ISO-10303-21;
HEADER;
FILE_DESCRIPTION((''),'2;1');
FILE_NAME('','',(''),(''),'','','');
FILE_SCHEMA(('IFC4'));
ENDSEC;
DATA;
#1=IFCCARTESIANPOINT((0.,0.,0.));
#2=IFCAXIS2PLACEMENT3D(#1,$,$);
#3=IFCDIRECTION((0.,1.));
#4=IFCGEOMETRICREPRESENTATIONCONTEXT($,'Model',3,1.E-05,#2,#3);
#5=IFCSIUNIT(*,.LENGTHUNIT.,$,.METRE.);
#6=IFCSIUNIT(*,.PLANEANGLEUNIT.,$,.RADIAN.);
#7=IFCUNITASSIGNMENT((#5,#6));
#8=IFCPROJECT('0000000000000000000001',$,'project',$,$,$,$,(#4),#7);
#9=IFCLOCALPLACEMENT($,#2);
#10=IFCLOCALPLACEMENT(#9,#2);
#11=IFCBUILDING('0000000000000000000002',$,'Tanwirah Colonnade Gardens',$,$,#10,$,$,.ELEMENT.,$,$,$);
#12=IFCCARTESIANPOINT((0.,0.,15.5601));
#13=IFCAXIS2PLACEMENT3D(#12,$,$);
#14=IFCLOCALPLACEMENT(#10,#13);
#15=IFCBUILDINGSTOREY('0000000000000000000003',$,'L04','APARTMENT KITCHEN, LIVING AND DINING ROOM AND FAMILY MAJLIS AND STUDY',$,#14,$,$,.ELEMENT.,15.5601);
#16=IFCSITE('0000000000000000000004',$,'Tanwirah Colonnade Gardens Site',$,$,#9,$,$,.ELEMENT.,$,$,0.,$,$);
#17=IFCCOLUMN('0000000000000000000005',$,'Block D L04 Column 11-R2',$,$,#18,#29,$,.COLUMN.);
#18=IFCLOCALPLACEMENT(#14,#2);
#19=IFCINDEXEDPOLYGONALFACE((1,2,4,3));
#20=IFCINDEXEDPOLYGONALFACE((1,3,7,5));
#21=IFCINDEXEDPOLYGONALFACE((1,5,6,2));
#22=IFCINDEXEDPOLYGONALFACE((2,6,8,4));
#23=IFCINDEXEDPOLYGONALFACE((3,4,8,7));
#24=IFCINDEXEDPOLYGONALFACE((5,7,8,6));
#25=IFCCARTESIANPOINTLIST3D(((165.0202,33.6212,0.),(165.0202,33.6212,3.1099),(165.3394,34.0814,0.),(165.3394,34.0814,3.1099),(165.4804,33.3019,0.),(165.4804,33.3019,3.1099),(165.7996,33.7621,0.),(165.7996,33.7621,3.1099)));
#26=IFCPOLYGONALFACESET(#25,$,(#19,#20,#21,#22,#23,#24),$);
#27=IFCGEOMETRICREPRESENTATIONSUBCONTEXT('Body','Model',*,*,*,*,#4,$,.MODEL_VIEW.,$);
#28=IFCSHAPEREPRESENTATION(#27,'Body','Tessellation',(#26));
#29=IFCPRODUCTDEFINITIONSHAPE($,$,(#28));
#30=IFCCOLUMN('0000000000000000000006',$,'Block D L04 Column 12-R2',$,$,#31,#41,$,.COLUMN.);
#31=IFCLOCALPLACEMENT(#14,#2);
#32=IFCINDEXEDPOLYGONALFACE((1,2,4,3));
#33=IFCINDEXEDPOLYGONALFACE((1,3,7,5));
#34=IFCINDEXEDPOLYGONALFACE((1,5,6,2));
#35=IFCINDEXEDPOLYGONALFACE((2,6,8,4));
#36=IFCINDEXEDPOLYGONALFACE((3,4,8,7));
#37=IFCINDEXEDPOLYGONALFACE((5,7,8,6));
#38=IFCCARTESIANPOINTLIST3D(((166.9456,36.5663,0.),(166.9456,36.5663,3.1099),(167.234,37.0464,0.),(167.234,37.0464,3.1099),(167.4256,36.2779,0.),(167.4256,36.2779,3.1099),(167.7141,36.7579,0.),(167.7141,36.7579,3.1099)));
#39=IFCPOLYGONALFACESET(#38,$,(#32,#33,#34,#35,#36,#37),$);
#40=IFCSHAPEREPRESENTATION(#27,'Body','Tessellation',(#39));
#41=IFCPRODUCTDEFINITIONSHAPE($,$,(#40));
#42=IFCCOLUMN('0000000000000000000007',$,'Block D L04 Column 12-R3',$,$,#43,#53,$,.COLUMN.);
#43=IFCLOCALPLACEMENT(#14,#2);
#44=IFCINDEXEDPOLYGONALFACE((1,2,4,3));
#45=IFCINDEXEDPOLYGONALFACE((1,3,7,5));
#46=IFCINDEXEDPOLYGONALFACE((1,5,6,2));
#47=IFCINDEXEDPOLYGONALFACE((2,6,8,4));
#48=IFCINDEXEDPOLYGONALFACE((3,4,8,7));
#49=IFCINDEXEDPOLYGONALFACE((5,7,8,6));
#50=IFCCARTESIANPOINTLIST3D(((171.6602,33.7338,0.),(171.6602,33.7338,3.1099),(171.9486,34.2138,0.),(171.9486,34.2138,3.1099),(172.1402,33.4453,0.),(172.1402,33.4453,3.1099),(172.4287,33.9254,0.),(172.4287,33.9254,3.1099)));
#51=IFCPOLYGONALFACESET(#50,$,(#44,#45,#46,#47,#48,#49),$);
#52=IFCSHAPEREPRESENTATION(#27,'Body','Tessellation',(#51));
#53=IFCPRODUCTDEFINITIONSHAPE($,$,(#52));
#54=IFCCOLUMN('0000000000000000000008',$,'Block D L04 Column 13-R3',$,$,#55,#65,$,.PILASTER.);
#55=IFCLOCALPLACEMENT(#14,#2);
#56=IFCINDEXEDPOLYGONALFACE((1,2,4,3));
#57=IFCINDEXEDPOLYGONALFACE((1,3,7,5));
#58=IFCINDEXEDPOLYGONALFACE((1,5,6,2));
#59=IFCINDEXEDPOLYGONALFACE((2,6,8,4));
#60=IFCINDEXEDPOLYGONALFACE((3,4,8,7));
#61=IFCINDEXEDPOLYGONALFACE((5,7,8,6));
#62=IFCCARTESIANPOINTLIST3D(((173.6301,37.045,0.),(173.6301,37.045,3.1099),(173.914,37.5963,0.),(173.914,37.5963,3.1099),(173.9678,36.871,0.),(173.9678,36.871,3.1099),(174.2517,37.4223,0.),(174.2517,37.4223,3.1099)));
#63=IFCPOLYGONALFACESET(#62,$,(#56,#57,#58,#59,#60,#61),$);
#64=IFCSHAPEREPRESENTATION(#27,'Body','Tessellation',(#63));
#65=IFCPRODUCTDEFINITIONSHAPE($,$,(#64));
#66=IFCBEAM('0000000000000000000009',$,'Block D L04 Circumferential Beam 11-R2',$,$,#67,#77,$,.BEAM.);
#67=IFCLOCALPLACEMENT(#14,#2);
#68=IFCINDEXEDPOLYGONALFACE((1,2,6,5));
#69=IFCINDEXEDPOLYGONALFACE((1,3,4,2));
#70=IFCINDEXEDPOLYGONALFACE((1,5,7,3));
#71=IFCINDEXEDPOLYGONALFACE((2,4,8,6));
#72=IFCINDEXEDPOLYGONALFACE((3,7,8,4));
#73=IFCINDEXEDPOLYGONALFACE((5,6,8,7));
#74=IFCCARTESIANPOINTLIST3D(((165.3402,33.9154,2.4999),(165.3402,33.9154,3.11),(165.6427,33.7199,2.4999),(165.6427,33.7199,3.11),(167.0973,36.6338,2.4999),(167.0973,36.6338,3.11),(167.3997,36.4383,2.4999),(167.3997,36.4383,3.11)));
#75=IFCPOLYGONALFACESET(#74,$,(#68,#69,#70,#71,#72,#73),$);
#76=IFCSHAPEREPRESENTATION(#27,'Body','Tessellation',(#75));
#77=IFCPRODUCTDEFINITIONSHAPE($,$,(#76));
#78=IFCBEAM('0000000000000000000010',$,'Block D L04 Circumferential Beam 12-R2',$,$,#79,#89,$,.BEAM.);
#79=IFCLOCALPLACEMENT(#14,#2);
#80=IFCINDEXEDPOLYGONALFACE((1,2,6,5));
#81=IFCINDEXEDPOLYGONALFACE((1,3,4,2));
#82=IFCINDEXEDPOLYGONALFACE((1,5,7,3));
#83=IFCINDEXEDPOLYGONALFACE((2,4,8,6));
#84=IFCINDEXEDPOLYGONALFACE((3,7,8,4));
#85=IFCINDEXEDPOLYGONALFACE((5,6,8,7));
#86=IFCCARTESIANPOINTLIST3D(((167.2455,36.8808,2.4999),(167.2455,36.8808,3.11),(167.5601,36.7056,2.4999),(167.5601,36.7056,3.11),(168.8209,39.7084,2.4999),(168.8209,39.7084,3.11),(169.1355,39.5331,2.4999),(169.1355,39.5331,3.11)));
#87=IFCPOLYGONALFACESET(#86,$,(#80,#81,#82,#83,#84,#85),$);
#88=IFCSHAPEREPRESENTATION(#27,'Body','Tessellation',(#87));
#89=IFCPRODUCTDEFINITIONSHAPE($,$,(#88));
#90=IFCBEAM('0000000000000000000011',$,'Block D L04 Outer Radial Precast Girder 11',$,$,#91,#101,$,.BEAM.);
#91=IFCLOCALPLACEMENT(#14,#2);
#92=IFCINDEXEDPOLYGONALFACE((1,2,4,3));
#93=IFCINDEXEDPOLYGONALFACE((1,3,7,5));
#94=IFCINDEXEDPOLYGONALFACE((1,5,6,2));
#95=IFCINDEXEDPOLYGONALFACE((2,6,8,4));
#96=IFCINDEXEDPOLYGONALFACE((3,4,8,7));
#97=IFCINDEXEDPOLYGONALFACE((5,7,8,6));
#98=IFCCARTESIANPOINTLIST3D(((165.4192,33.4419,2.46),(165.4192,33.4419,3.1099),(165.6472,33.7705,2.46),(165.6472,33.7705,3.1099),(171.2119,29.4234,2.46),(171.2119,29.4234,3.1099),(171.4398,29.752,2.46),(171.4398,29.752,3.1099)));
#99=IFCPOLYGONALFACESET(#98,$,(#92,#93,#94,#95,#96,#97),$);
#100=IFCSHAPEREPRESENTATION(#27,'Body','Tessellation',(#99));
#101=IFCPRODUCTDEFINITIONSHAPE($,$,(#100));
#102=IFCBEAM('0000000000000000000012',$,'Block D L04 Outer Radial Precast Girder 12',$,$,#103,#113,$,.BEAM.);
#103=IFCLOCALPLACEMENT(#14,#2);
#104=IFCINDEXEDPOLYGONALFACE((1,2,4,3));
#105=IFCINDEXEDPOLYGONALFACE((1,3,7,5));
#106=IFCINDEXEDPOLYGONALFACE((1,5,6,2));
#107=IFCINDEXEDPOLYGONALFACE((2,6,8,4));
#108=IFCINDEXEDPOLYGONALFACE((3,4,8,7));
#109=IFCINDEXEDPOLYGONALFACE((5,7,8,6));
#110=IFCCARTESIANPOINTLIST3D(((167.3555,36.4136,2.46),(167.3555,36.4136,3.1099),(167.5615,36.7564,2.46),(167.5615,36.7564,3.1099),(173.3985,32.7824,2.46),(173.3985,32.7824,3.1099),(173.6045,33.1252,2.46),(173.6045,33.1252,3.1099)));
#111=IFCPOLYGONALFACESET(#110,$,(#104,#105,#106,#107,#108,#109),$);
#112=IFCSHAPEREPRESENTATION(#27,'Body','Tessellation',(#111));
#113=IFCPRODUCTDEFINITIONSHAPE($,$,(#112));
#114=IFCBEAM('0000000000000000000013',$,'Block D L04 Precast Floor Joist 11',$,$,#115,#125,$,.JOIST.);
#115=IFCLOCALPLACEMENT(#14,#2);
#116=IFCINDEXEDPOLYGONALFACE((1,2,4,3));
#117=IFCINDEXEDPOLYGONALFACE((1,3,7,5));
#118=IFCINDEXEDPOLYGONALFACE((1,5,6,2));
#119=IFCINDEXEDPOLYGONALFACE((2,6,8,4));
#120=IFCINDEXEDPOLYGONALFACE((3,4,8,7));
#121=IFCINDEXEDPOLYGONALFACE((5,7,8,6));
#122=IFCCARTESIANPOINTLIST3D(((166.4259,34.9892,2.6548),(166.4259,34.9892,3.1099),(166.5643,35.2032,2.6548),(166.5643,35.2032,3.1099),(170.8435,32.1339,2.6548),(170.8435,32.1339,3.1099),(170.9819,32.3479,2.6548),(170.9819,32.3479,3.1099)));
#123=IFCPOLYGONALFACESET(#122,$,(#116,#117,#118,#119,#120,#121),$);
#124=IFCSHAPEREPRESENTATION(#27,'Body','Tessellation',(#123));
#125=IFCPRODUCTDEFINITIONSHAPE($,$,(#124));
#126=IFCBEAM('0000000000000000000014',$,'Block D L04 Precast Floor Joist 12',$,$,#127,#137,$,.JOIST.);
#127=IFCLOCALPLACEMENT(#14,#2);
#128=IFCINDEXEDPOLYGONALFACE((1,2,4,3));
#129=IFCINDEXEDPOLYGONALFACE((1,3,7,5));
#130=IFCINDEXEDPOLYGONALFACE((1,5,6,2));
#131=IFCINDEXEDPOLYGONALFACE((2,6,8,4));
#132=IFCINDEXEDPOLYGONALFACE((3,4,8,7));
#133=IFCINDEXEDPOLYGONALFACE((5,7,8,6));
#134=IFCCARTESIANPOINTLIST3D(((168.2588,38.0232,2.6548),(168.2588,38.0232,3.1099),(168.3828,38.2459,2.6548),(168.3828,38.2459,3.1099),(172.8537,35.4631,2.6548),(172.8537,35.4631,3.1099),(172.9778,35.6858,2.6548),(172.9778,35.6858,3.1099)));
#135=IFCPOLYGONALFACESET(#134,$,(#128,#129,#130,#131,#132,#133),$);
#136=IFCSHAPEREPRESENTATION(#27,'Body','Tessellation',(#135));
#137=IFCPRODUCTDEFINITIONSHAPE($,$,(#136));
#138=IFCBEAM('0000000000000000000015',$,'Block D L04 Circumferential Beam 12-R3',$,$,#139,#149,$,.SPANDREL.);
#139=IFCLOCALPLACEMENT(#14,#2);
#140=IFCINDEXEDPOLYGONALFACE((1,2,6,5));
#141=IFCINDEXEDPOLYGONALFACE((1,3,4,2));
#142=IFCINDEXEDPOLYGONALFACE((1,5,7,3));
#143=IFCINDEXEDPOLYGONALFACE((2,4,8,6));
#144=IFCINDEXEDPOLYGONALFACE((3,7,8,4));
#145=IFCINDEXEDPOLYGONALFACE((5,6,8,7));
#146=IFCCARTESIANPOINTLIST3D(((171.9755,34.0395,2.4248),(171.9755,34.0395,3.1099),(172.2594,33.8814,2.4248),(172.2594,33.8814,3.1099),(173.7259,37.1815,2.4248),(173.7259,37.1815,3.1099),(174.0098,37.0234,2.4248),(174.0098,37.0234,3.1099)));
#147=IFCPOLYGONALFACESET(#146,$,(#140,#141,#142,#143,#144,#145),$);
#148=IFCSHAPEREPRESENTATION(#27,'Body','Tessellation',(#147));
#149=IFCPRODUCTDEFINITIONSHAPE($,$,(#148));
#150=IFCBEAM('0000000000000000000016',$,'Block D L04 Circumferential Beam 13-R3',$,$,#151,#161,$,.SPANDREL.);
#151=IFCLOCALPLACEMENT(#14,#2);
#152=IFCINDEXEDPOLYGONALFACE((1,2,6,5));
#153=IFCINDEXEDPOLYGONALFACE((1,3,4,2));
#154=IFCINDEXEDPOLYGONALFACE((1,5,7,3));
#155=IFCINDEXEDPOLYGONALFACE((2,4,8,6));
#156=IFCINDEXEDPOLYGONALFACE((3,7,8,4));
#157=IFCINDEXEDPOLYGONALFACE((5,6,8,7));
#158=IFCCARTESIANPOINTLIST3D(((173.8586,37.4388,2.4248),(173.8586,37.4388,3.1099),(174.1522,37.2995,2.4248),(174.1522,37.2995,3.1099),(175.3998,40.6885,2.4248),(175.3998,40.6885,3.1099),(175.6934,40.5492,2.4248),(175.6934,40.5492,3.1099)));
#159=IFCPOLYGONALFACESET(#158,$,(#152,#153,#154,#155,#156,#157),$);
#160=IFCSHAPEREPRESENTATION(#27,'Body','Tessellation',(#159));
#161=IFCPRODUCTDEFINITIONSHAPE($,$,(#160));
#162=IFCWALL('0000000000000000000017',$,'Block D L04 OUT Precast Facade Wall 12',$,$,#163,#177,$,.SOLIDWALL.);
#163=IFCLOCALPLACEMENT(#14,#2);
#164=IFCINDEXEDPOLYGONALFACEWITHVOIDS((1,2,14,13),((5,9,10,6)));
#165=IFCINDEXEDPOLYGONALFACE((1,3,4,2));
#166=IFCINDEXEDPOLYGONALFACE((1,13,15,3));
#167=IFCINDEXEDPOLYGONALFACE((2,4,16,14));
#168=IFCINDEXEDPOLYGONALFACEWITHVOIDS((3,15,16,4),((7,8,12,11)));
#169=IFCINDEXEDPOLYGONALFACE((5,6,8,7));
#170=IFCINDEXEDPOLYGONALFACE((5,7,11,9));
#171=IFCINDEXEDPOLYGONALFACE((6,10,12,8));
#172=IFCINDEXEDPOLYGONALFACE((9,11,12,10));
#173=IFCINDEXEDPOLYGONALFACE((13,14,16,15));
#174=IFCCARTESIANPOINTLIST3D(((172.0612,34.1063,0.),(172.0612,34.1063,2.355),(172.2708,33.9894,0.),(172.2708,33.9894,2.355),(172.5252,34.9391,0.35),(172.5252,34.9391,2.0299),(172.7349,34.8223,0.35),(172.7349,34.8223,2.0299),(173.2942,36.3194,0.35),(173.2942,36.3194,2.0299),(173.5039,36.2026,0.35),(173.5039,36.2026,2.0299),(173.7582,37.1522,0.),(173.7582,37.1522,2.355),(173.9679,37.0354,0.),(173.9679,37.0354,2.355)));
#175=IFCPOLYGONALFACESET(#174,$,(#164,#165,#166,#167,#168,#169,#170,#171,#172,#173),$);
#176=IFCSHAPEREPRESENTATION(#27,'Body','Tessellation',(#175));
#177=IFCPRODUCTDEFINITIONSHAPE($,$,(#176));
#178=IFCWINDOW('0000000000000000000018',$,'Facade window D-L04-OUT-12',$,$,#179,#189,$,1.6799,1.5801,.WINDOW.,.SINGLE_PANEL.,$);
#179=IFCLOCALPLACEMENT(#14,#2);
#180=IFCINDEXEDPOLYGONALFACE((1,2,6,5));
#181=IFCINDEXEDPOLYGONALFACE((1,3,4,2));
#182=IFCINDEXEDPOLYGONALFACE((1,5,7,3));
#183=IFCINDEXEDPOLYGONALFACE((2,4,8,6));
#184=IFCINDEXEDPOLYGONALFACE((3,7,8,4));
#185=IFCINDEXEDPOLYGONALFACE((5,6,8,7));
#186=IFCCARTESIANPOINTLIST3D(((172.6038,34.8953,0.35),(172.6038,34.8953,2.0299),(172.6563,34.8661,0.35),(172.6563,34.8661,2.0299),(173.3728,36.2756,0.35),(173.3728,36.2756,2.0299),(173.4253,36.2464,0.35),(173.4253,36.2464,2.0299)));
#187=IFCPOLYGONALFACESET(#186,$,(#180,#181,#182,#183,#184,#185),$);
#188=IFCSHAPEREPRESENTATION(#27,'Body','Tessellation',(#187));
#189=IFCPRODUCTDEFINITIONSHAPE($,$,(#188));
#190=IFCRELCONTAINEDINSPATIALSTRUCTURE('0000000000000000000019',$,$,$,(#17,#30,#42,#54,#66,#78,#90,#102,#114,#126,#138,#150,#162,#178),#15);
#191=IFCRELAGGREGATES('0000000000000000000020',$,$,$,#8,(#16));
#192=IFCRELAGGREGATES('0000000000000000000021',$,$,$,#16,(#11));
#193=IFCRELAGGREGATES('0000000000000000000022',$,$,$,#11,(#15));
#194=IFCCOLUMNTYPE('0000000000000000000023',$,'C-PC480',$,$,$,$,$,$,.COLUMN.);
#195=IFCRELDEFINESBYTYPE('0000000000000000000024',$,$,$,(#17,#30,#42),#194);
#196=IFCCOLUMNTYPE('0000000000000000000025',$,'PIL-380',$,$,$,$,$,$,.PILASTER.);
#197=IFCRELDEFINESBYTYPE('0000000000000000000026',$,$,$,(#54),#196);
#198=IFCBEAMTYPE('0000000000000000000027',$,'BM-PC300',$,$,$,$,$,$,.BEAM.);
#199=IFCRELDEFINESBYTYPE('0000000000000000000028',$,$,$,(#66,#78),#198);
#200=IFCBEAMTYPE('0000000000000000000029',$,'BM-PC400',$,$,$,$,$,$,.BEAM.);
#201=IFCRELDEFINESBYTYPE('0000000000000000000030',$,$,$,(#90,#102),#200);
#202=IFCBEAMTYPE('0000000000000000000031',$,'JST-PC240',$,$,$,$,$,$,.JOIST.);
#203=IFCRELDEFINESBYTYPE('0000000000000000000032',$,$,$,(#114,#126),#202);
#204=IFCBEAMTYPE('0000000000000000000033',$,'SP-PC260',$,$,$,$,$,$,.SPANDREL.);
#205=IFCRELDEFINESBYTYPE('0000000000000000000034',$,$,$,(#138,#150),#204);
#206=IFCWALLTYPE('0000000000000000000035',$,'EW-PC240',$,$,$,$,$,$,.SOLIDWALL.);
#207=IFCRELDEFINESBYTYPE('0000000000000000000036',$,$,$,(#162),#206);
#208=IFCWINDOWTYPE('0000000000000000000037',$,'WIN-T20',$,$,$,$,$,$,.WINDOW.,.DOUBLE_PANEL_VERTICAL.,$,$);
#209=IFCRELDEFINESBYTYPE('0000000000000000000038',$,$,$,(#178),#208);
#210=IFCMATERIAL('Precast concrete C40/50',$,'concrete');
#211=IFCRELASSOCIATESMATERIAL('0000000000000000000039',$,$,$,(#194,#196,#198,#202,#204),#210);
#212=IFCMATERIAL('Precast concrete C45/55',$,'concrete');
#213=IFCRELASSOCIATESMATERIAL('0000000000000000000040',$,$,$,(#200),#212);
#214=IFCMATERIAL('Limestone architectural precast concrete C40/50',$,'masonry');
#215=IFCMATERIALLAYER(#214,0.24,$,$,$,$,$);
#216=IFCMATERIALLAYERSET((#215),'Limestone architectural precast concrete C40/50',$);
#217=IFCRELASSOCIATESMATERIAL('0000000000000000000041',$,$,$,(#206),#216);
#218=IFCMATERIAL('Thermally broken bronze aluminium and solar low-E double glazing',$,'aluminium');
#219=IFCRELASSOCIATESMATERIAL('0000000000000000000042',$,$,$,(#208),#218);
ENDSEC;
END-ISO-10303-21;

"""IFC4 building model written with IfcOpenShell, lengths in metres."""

from ifc_helpers import new_model, si_unit, direction, frame, frame_2d, origin, origin_2d, place, context, subcontext, project, spatial, rectangle, extrude, material, layer, layer_set, material_profile, profile_set, type_object, element, fill, save


model = new_model("IFC4")

# Units and contexts
model_context = context("Model", 3, precision=1e-05, world=origin(), true_north=direction((0.0, 1.0)))
body_context = subcontext(model_context, "Body", "Model", "MODEL_VIEW")
ifc_project = project(units=[si_unit("LENGTHUNIT", "METRE"), si_unit("PLANEANGLEUNIT", "RADIAN")], contexts=[model_context])

# Site, building, storey
site_placement = place(None, origin())
site = spatial("IfcSite", under=ifc_project, at=site_placement, Name="Tanwirah Colonnade Gardens Site", CompositionType="ELEMENT", RefElevation=0.0)
building_placement = place(site_placement, origin())
building = spatial("IfcBuilding", under=site, at=building_placement, Name="Tanwirah Colonnade Gardens", CompositionType="ELEMENT")
storey_placement = place(building_placement, frame((0.0, 0.0, 15.5601)))
storey = spatial("IfcBuildingStorey", under=building, at=storey_placement, Name="L04", Description="APARTMENT KITCHEN, LIVING AND DINING ROOM AND FAMILY MAJLIS AND STUDY", CompositionType="ELEMENT", Elevation=15.5601)

# Columns
ifc_material_1 = material(Name="Precast concrete C40/50", Category="concrete")
ifc_material_profile_1 = material_profile(ifc_material_1, rectangle(XDim=0.5601, YDim=0.5601, at=origin_2d()), Name="PC-COL 560x560")
ifc_profile_set_1 = profile_set([ifc_material_profile_1], Name="Precast concrete C40/50")
column_type_1 = type_object("IfcColumnType", Name="C-PC480", PredefinedType="COLUMN", material=ifc_profile_set_1)
for number, where, z_axis, x_axis, name in (
    (1, (165.4099, 33.6917, 0.0), (0.0, 0.0, 1.0), (0.821647, -0.569997, 0.0), "Block D L04 Column 11-R2"),
    (2, (167.3298, 36.6621, 0.0), (0.0, 0.0, 1.0), (0.857167, -0.515038, 0.0), "Block D L04 Column 12-R2"),
    (3, (172.0444, 33.8296, 0.0), (0.0, 0.0, 1.0), (0.857167, -0.515038, 0.0), "Block D L04 Column 12-R3"),
):
    element("IfcColumn", number, at=place(storey_placement, frame(where, z_axis=z_axis, x_axis=x_axis)), inside=storey, type_object=column_type_1, Name=name, PredefinedType="COLUMN", context=body_context, shape_type="SweptSolid", body=[
        extrude(rectangle(XDim=0.5601, YDim=0.5601, at=origin_2d()), origin(), (0.0, 0.0, 1.0), 3.1099),
    ])
ifc_material_profile_2 = material_profile(ifc_material_1, rectangle(XDim=0.3799, YDim=0.6201, at=origin_2d()), Name="PC-PIL 380x620")
ifc_profile_set_2 = profile_set([ifc_material_profile_2], Name="Precast concrete C40/50")
column_type_2 = type_object("IfcColumnType", Name="PIL-380", PredefinedType="PILASTER", material=ifc_profile_set_2)
column_placement = place(storey_placement, frame((173.9409, 37.2336, 0.0), z_axis=(0.0, 0.0, 1.0), x_axis=(0.889017, -0.457874, 0.0)))
element("IfcColumn", 4, at=column_placement, inside=storey, type_object=column_type_2, Name="Block D L04 Column 13-R3", PredefinedType="PILASTER", context=body_context, shape_type="SweptSolid", body=[
    extrude(rectangle(XDim=0.3799, YDim=0.6201, at=origin_2d()), origin(), (0.0, 0.0, 1.0), 3.1099),
])

# Beams
ifc_material_profile_3 = material_profile(ifc_material_1, rectangle(XDim=0.3601, YDim=0.6101, at=origin_2d()), Name="PC-BM 360x610")
ifc_profile_set_3 = profile_set([ifc_material_profile_3], Name="Precast concrete C40/50")
beam_type_1 = type_object("IfcBeamType", Name="BM-PC300", PredefinedType="BEAM", material=ifc_profile_set_3)
for number, where, z_axis, x_axis, name in (
    (5, (165.4915, 33.8176, 2.8049), (0.542826, 0.839845, 0.0), (-0.839845, 0.542826, 0.0), "Block D L04 Circumferential Beam 11-R2"),
    (6, (167.4028, 36.7932, 2.8049), (0.486712, 0.873562, 0.0), (-0.873562, 0.486712, 0.0), "Block D L04 Circumferential Beam 12-R2"),
):
    element("IfcBeam", number, at=place(storey_placement, frame(where, z_axis=z_axis, x_axis=x_axis)), inside=storey, type_object=beam_type_1, Name=name, PredefinedType="BEAM", context=body_context, shape_type="SweptSolid", body=[
        extrude(rectangle(XDim=0.3601, YDim=0.6101, at=origin_2d()), origin(), (0.0, 0.0, 1.0), 3.2368),
    ])
ifc_material_2 = material(Name="Precast concrete C45/55", Category="concrete")
ifc_material_profile_4 = material_profile(ifc_material_2, rectangle(XDim=0.3999, YDim=0.6499, at=origin_2d()), Name="PC-BM 400x650")
ifc_profile_set_4 = profile_set([ifc_material_profile_4], Name="Precast concrete C45/55")
beam_type_2 = type_object("IfcBeamType", Name="BM-PC400", PredefinedType="BEAM", material=ifc_profile_set_4)
for number, where, z_axis, x_axis, name in (
    (7, (165.5332, 33.6062, 2.7849), (0.821647, -0.569997, 0.0), (0.569997, 0.821647, 0.0), "Block D L04 Outer Radial Precast Girder 11"),
    (8, (167.4585, 36.585, 2.7849), (0.85716, -0.515051, 0.0), (0.515051, 0.85716, 0.0), "Block D L04 Outer Radial Precast Girder 12"),
):
    element("IfcBeam", number, at=place(storey_placement, frame(where, z_axis=z_axis, x_axis=x_axis)), inside=storey, type_object=beam_type_2, Name=name, PredefinedType="BEAM", context=body_context, shape_type="SweptSolid", body=[
        extrude(rectangle(XDim=0.3999, YDim=0.6499, at=origin_2d()), origin(), (0.0, 0.0, 1.0), 7.05),
    ])
ifc_material_profile_5 = material_profile(ifc_material_1, rectangle(XDim=0.2549, YDim=0.4551, at=origin_2d()), Name="PC-JST 255x455")
ifc_profile_set_5 = profile_set([ifc_material_profile_5], Name="Precast concrete C40/50")
beam_type_3 = type_object("IfcBeamType", Name="JST-PC240", PredefinedType="JOIST", material=ifc_profile_set_5)
for number, where, z_axis, x_axis, name in (
    (9, (166.4951, 35.0962, 2.8823), (0.839843, -0.54283, 0.0), (0.54283, 0.839843, 0.0), "Block D L04 Precast Floor Joist 11"),
    (10, (168.3208, 38.1345, 2.8823), (0.873568, -0.486703, 0.0), (0.486703, 0.873568, 0.0), "Block D L04 Precast Floor Joist 12"),
):
    element("IfcBeam", number, at=place(storey_placement, frame(where, z_axis=z_axis, x_axis=x_axis)), inside=storey, type_object=beam_type_3, Name=name, PredefinedType="JOIST", context=body_context, shape_type="SweptSolid", body=[
        extrude(rectangle(XDim=0.2549, YDim=0.4551, at=origin_2d()), origin(), (0.0, 0.0, 1.0), 5.26),
    ])
ifc_material_profile_6 = material_profile(ifc_material_1, rectangle(XDim=0.325, YDim=0.6851, at=origin_2d()), Name="PC-SP 325x685")
ifc_profile_set_6 = profile_set([ifc_material_profile_6], Name="Precast concrete C40/50")
beam_type_4 = type_object("IfcBeamType", Name="SP-PC260", PredefinedType="SPANDREL", material=ifc_profile_set_6)
for number, where, z_axis, x_axis, name in (
    (11, (172.1174, 33.9604, 2.7673), (0.48668, 0.87358, 0.0), (-0.87358, 0.48668, 0.0), "Block D L04 Circumferential Beam 12-R3"),
    (12, (174.0054, 37.3691, 2.7673), (0.428518, 0.903533, 0.0), (-0.903533, 0.428518, 0.0), "Block D L04 Circumferential Beam 13-R3"),
):
    element("IfcBeam", number, at=place(storey_placement, frame(where, z_axis=z_axis, x_axis=x_axis)), inside=storey, type_object=beam_type_4, Name=name, PredefinedType="SPANDREL", context=body_context, shape_type="SweptSolid", body=[
        extrude(rectangle(XDim=0.325, YDim=0.6851, at=origin_2d()), origin(), (0.0, 0.0, 1.0), 3.5967),
    ])

# Wall, opening, window
ifc_material_3 = material(Name="Limestone architectural precast concrete C40/50", Category="masonry")
ifc_layer_1 = layer(ifc_material_3, 0.24)
ifc_layer_set_1 = layer_set([ifc_layer_1], Name="Limestone architectural precast concrete C40/50")
wall_type_1 = type_object("IfcWallType", Name="EW-PC240", PredefinedType="SOLIDWALL", material=ifc_layer_set_1)
wall_1_placement = place(storey_placement, frame((172.166, 34.0479, 0.0), z_axis=(0.0, 0.0, 1.0), x_axis=(0.486707, 0.873565, 0.0)))
wall_1 = element("IfcWall", 13, at=wall_1_placement, inside=storey, type_object=wall_type_1, Name="Block D L04 OUT Precast Facade Wall 12", PredefinedType="SOLIDWALL", context=body_context, shape_type="SweptSolid", body=[
    extrude(rectangle(XDim=3.4868, YDim=0.24, at=frame_2d((1.7434, 0.0))), origin(), (0.0, 0.0, 1.0), 2.355),
])
opening_1_placement = place(wall_1_placement, frame((0.9534, 0.0, 0.3501)))
opening_1 = element("IfcOpeningElement", 14, at=opening_1_placement, cuts=wall_1, PredefinedType="OPENING", context=body_context, shape_type="SweptSolid", body=[
    extrude(rectangle(XDim=1.5801, YDim=1.6799, at=frame_2d((0.79, 0.8398))), frame((0.0, 0.1299, 0.0), z_axis=(0.0, -1.0, 0.0), x_axis=(1.0, 0.0, 0.0)), (0.0, 0.0, 1.0), 0.26),
])
ifc_material_4 = material(Name="Thermally broken bronze aluminium and solar low-E double glazing", Category="aluminium")
window_type_1 = type_object("IfcWindowType", Name="WIN-T20", PartitioningType="DOUBLE_PANEL_VERTICAL", PredefinedType="WINDOW", material=ifc_material_4)
window_1_placement = place(opening_1_placement, origin())
window_1 = element("IfcWindow", 15, at=window_1_placement, inside=storey, type_object=window_type_1, Name="Facade window D-L04-OUT-12", OverallHeight=1.6799, OverallWidth=1.5801, PartitioningType="SINGLE_PANEL", PredefinedType="WINDOW", context=body_context, shape_type="SweptSolid", body=[
    extrude(rectangle(XDim=1.5801, YDim=1.6799, at=frame_2d((0.79, 0.8398))), frame((0.0, 0.03, 0.0), z_axis=(0.0, -1.0, 0.0), x_axis=(1.0, 0.0, 0.0)), (0.0, 0.0, 1.0), 0.0601),
])
fill(opening_1, window_1)

save(model, "model.ifc")
